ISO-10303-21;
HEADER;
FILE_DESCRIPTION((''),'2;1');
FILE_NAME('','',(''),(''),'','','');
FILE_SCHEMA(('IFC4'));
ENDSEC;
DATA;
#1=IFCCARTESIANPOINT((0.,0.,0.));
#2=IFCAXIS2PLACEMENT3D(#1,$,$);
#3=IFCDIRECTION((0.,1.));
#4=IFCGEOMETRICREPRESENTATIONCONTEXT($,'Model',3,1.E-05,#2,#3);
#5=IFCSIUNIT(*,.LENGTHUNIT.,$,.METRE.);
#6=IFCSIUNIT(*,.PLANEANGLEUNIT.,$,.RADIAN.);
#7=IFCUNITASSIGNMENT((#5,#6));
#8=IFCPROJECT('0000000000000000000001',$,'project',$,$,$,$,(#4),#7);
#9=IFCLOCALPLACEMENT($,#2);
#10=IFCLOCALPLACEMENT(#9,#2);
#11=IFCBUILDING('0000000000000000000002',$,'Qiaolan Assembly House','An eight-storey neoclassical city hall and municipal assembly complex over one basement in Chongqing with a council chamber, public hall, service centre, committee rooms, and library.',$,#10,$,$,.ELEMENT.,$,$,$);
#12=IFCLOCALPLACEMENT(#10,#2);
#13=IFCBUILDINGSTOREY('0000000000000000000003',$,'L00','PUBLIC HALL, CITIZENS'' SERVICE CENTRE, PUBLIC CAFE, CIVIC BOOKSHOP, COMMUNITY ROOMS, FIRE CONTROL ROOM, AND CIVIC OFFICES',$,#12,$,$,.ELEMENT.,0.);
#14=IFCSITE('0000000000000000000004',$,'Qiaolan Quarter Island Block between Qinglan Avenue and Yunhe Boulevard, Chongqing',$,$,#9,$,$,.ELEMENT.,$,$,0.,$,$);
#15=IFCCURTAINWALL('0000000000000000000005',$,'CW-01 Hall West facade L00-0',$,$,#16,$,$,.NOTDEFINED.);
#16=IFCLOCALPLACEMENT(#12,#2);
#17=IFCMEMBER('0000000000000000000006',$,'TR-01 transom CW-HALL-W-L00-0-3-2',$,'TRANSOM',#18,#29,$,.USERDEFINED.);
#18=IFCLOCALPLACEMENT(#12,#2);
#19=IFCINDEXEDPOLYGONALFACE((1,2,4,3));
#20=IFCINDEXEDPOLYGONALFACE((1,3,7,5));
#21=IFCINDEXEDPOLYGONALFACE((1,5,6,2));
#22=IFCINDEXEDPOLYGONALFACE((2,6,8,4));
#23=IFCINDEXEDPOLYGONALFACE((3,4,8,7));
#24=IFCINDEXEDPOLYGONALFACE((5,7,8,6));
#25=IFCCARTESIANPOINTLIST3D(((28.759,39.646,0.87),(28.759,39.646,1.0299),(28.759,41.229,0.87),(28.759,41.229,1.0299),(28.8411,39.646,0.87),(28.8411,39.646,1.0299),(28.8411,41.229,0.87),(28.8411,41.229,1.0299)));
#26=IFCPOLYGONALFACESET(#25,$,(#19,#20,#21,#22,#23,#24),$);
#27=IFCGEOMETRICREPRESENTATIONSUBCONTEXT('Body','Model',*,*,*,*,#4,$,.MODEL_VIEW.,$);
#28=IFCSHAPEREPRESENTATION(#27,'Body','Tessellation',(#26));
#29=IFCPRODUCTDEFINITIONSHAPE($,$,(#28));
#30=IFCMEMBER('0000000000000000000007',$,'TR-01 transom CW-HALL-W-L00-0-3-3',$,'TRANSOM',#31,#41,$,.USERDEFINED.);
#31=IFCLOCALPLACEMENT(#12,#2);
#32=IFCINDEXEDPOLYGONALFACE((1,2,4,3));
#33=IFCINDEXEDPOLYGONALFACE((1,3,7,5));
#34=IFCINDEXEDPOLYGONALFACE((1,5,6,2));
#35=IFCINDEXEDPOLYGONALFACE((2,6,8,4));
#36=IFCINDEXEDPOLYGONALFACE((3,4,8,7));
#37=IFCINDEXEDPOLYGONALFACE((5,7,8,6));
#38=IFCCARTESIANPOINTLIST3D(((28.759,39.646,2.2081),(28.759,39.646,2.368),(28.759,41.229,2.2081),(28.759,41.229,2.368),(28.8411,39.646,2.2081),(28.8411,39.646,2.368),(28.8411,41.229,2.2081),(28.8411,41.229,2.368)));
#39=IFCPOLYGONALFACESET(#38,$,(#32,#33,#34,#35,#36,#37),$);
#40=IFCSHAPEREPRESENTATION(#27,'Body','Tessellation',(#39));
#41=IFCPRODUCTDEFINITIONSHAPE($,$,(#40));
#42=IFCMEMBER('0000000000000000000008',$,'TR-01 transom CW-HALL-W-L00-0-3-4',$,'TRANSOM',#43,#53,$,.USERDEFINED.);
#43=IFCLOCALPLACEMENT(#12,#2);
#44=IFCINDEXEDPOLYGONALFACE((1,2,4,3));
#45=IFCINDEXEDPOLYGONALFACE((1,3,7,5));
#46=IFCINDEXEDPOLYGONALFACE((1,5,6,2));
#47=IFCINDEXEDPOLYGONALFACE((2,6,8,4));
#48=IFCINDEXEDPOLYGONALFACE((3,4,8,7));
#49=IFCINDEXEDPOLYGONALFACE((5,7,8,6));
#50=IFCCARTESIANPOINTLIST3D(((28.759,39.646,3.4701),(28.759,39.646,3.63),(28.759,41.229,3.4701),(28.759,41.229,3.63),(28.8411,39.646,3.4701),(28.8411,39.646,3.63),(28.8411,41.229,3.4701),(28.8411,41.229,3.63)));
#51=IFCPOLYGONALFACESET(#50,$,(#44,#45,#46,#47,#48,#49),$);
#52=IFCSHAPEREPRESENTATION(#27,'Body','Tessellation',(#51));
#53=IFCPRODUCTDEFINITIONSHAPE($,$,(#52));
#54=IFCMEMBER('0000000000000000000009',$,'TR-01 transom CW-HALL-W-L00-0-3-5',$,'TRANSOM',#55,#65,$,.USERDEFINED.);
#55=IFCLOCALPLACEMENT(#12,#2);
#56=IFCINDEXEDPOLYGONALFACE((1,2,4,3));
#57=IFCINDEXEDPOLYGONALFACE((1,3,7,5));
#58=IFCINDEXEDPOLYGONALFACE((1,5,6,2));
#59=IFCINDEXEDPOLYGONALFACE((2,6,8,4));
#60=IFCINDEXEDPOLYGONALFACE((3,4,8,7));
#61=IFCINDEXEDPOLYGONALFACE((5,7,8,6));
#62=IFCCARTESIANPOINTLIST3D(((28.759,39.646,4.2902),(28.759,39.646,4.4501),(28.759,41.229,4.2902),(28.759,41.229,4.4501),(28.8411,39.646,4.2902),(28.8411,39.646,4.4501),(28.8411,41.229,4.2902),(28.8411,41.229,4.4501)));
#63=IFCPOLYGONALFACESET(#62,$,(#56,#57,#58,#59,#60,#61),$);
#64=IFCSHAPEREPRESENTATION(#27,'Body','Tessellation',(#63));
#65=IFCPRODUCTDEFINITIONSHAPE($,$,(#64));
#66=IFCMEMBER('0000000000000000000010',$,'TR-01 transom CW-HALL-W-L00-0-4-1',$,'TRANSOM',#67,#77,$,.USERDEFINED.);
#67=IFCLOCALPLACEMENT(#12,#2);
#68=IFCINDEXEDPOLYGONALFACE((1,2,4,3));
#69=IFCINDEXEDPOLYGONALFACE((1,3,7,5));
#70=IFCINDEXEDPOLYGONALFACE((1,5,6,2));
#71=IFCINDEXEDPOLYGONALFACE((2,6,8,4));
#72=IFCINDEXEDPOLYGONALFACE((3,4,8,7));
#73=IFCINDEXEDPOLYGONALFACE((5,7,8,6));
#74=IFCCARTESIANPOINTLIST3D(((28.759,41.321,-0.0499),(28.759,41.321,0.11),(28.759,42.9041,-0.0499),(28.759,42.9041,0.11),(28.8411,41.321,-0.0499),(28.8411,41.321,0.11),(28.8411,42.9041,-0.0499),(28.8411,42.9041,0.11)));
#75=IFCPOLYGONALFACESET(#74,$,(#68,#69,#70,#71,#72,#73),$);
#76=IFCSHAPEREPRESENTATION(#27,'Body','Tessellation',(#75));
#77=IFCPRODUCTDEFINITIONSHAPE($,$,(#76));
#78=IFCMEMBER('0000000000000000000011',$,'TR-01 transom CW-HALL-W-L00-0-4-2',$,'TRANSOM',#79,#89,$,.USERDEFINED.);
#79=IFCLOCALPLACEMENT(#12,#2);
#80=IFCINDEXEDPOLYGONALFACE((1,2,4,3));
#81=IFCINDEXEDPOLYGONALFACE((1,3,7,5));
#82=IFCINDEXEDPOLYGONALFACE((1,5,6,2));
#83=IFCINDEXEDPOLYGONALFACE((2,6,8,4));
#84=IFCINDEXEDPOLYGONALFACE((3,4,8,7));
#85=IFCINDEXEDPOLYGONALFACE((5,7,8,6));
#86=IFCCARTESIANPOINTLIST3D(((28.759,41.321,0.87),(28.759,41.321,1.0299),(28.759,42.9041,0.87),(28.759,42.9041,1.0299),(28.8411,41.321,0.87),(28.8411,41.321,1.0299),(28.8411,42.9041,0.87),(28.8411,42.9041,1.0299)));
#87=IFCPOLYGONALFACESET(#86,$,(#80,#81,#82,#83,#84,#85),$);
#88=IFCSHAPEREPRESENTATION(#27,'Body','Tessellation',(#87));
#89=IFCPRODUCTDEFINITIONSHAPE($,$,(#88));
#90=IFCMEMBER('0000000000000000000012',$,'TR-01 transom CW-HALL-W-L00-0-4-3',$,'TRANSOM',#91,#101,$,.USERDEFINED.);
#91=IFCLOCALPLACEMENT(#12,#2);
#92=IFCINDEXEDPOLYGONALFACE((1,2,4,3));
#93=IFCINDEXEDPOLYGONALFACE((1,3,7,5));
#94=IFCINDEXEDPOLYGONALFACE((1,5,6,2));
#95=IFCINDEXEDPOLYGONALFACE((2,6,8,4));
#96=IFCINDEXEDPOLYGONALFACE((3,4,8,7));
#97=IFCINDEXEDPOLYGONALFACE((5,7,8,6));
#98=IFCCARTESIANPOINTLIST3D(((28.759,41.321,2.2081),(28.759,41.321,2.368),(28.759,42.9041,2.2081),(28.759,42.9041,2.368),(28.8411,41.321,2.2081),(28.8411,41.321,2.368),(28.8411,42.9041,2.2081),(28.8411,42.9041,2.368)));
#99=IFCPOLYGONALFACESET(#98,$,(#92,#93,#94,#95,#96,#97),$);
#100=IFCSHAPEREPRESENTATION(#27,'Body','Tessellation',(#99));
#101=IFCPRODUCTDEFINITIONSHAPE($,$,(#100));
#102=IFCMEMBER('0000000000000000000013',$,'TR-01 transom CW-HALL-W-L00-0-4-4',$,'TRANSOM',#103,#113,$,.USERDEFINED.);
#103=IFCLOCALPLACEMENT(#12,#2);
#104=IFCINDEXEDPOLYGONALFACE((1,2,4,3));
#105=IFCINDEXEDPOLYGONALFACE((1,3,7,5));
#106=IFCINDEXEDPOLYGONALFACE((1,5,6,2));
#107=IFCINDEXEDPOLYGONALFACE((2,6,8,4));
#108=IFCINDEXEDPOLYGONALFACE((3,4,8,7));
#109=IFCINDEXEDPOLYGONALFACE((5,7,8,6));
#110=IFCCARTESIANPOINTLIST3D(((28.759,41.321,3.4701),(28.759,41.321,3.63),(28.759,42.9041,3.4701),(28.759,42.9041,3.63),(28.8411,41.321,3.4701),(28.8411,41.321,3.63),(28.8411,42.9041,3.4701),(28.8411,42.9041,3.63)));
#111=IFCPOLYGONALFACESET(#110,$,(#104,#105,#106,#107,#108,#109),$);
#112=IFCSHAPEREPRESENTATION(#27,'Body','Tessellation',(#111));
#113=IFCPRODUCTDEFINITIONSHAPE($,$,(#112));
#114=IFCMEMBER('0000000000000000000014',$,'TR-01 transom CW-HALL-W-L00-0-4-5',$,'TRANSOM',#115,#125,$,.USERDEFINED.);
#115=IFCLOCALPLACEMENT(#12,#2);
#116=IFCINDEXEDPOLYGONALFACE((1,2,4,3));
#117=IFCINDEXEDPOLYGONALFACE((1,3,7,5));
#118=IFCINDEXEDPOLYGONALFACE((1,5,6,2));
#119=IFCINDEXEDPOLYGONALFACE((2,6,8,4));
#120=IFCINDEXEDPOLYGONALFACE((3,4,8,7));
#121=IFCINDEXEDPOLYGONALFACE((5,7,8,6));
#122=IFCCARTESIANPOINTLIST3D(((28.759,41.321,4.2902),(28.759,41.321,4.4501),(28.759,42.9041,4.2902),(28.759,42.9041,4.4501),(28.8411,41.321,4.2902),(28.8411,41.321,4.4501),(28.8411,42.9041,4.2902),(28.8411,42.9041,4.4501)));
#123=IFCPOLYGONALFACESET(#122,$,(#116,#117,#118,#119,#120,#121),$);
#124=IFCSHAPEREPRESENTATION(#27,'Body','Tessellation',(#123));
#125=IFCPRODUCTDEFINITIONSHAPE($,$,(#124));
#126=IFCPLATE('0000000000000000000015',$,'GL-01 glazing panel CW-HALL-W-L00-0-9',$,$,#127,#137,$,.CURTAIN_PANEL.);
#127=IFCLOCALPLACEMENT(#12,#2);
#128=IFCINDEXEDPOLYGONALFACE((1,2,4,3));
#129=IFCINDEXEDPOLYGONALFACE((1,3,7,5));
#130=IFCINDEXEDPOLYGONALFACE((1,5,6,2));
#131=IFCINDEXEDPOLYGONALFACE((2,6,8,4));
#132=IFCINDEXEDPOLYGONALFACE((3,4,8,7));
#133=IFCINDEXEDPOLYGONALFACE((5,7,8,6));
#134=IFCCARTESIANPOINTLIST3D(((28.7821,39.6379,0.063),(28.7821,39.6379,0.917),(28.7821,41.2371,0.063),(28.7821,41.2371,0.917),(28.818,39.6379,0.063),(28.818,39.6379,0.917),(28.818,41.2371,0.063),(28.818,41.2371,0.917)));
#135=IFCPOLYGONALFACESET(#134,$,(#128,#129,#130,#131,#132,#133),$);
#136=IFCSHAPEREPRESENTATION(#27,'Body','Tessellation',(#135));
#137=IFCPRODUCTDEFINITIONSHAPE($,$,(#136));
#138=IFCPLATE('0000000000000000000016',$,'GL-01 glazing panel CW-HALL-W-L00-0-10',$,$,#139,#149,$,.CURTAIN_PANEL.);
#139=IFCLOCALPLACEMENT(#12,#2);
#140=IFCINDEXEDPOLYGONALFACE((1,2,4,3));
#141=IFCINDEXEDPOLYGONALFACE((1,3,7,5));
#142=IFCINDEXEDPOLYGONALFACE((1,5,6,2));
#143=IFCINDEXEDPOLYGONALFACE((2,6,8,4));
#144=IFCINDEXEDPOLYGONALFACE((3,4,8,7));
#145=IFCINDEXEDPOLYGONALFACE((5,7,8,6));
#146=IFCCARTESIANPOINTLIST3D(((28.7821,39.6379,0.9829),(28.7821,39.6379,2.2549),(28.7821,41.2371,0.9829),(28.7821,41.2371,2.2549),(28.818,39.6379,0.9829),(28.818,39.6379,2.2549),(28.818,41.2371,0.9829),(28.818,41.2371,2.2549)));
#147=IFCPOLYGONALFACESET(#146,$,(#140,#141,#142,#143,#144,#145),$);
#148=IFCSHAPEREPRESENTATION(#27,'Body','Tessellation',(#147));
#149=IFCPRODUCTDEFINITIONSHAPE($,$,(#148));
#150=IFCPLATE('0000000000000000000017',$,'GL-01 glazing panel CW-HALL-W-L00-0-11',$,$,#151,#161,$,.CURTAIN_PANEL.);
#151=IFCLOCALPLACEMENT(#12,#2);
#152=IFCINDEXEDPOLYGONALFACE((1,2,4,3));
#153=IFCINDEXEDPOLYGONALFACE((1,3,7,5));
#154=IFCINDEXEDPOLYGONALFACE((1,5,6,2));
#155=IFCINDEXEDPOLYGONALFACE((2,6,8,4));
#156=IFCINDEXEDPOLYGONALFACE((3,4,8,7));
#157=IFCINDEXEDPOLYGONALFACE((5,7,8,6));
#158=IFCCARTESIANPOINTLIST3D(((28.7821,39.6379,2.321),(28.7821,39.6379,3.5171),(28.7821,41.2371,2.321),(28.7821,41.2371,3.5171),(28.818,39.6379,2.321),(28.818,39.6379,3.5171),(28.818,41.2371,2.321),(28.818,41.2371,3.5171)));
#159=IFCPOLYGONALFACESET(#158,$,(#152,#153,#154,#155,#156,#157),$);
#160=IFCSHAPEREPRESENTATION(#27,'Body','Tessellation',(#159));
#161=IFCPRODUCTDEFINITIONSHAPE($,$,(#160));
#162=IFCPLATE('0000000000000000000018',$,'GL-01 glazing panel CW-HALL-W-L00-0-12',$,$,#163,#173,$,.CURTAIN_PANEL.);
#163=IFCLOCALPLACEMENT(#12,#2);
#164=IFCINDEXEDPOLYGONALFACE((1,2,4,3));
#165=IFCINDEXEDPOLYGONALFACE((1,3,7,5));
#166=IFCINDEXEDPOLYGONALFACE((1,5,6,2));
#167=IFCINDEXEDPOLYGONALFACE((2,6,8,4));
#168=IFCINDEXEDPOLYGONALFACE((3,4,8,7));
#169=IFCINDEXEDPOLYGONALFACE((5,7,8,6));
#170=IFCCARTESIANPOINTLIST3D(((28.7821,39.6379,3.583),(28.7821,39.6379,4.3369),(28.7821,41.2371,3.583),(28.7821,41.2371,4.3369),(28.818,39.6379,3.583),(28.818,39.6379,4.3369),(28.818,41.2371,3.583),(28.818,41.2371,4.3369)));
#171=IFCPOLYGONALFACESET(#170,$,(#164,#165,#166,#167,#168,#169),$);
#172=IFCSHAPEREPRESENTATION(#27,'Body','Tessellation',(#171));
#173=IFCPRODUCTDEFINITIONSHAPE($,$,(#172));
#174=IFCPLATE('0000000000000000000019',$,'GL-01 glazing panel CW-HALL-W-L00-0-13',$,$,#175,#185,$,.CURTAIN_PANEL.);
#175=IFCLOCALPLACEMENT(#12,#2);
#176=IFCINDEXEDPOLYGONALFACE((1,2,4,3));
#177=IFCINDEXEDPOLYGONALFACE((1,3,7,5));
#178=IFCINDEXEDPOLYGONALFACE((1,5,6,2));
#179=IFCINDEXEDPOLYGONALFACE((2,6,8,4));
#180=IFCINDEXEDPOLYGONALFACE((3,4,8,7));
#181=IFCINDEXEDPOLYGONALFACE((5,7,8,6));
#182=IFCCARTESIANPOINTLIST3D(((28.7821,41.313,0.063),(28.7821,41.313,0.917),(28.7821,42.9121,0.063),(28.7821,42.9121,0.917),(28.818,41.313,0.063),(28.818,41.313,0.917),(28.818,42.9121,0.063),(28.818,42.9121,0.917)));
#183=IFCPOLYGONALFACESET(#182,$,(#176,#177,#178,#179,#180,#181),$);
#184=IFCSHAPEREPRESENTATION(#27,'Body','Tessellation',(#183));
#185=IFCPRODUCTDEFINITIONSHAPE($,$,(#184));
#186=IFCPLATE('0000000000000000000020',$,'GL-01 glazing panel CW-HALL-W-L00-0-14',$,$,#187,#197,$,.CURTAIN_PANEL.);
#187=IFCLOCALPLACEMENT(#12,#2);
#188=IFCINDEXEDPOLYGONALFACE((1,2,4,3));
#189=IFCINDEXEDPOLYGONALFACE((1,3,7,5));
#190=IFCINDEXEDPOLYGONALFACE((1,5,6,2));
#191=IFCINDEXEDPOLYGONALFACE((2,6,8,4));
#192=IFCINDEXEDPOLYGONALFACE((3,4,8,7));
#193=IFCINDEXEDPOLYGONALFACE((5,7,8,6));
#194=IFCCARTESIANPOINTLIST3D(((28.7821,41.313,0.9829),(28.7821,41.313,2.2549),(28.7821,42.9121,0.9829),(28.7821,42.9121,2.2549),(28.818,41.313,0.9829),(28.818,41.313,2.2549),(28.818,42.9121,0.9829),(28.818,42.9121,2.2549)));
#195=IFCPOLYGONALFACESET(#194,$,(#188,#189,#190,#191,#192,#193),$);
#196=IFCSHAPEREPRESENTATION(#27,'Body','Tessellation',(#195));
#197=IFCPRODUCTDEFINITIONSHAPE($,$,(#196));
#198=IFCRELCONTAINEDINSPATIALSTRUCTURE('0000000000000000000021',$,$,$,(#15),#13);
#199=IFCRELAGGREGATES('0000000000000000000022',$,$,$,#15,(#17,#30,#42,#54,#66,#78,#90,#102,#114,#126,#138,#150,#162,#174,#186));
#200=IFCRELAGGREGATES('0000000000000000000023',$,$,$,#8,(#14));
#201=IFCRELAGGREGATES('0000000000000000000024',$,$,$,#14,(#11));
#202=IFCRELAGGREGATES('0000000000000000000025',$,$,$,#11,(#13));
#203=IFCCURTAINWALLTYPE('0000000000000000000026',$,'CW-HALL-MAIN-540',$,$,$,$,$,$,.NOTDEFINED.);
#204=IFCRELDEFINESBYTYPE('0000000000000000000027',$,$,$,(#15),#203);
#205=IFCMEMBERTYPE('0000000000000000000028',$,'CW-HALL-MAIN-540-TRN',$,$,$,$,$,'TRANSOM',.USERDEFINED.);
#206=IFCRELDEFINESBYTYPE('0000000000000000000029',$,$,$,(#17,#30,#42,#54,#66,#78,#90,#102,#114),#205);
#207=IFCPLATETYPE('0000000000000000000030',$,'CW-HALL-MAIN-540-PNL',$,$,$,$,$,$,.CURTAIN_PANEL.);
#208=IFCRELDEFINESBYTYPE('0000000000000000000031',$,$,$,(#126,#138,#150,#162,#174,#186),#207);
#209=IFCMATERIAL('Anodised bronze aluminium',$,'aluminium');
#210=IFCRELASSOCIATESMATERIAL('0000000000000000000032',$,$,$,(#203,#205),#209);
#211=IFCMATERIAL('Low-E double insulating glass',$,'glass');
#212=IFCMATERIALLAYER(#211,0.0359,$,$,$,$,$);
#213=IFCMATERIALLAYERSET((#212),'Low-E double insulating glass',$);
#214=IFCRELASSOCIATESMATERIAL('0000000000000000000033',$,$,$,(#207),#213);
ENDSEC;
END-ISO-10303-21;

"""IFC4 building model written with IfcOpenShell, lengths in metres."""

from ifc_helpers import new_model, si_unit, direction, frame, frame_2d, origin, origin_2d, place, context, subcontext, project, spatial, rectangle, extrude, material, layer, layer_set, material_profile, profile_set, type_object, element, aggregate, save


model = new_model("IFC4")

# Units and contexts
model_context = context("Model", 3, precision=1e-05, world=origin(), true_north=direction((0.0, 1.0)))
body_context = subcontext(model_context, "Body", "Model", "MODEL_VIEW")
ifc_project = project(units=[si_unit("LENGTHUNIT", "METRE"), si_unit("PLANEANGLEUNIT", "RADIAN")], contexts=[model_context])

# Site, building, storey
site_placement = place(None, origin())
site = spatial("IfcSite", under=ifc_project, at=site_placement, Name="Qiaolan Quarter Island Block between Qinglan Avenue and Yunhe Boulevard, Chongqing", CompositionType="ELEMENT", RefElevation=0.0)
building_placement = place(site_placement, origin())
building = spatial("IfcBuilding", under=site, at=building_placement, Name="Qiaolan Assembly House", Description="An eight-storey neoclassical city hall and municipal assembly complex over one basement in Chongqing with a council chamber, public hall, service centre, committee rooms, and library.", CompositionType="ELEMENT")
storey_placement = place(building_placement, origin())
storey = spatial("IfcBuildingStorey", under=building, at=storey_placement, Name="L00", Description="PUBLIC HALL, CITIZENS' SERVICE CENTRE, PUBLIC CAFE, CIVIC BOOKSHOP, COMMUNITY ROOMS, FIRE CONTROL ROOM, AND CIVIC OFFICES", CompositionType="ELEMENT", Elevation=0.0)

# Curtain wall
ifc_material_1 = material(Name="Anodised bronze aluminium", Category="aluminium")
curtain_wall_type = type_object("IfcCurtainWallType", Name="CW-HALL-MAIN-540", PredefinedType="NOTDEFINED", material=ifc_material_1)
curtain_wall_1_placement = place(storey_placement, origin())
curtain_wall_1 = element("IfcCurtainWall", 1, at=curtain_wall_1_placement, inside=storey, type_object=curtain_wall_type, Name="CW-01 Hall West facade L00-0", PredefinedType="NOTDEFINED")

# Members
ifc_material_profile_1 = material_profile(ifc_material_1, rectangle(XDim=0.082, YDim=0.1599, at=origin_2d()), Name="TRN 82x160")
ifc_profile_set_1 = profile_set([ifc_material_profile_1], Name="Anodised bronze aluminium")
member_type_1 = type_object("IfcMemberType", Name="CW-HALL-MAIN-540-TRN", ElementType="TRANSOM", PredefinedType="USERDEFINED", material=ifc_profile_set_1)
member_1_placement = place(storey_placement, frame((28.8, 39.646, 0.95), z_axis=(0.0, 1.0, 0.0), x_axis=(-1.0, 0.0, 0.0)))
member_1 = element("IfcMember", 2, at=member_1_placement, type_object=member_type_1, Name="TR-01 transom CW-HALL-W-L00-0-3-2", ObjectType="TRANSOM", PredefinedType="USERDEFINED", context=body_context, shape_type="SweptSolid", body=[
    extrude(rectangle(XDim=0.082, YDim=0.1599, at=origin_2d()), origin(), (0.0, 0.0, 1.0), 1.583),
])
member_2_placement = place(storey_placement, frame((28.8, 39.646, 2.2881), z_axis=(0.0, 1.0, 0.0), x_axis=(-1.0, 0.0, 0.0)))
member_2 = element("IfcMember", 3, at=member_2_placement, type_object=member_type_1, Name="TR-01 transom CW-HALL-W-L00-0-3-3", ObjectType="TRANSOM", PredefinedType="USERDEFINED", context=body_context, shape_type="SweptSolid", body=[
    extrude(rectangle(XDim=0.082, YDim=0.1599, at=origin_2d()), origin(), (0.0, 0.0, 1.0), 1.583),
])
member_3_placement = place(storey_placement, frame((28.8, 39.646, 3.55), z_axis=(0.0, 1.0, 0.0), x_axis=(-1.0, 0.0, 0.0)))
member_3 = element("IfcMember", 4, at=member_3_placement, type_object=member_type_1, Name="TR-01 transom CW-HALL-W-L00-0-3-4", ObjectType="TRANSOM", PredefinedType="USERDEFINED", context=body_context, shape_type="SweptSolid", body=[
    extrude(rectangle(XDim=0.082, YDim=0.1599, at=origin_2d()), origin(), (0.0, 0.0, 1.0), 1.583),
])
member_4_placement = place(storey_placement, frame((28.8, 39.646, 4.3701), z_axis=(0.0, 1.0, 0.0), x_axis=(-1.0, 0.0, 0.0)))
member_4 = element("IfcMember", 5, at=member_4_placement, type_object=member_type_1, Name="TR-01 transom CW-HALL-W-L00-0-3-5", ObjectType="TRANSOM", PredefinedType="USERDEFINED", context=body_context, shape_type="SweptSolid", body=[
    extrude(rectangle(XDim=0.082, YDim=0.1599, at=origin_2d()), origin(), (0.0, 0.0, 1.0), 1.583),
])
member_5_placement = place(storey_placement, frame((28.8, 41.321, 0.03), z_axis=(0.0, 1.0, 0.0), x_axis=(-1.0, 0.0, 0.0)))
member_5 = element("IfcMember", 6, at=member_5_placement, type_object=member_type_1, Name="TR-01 transom CW-HALL-W-L00-0-4-1", ObjectType="TRANSOM", PredefinedType="USERDEFINED", context=body_context, shape_type="SweptSolid", body=[
    extrude(rectangle(XDim=0.082, YDim=0.1599, at=origin_2d()), origin(), (0.0, 0.0, 1.0), 1.583),
])
member_6_placement = place(storey_placement, frame((28.8, 41.321, 0.95), z_axis=(0.0, 1.0, 0.0), x_axis=(-1.0, 0.0, 0.0)))
member_6 = element("IfcMember", 7, at=member_6_placement, type_object=member_type_1, Name="TR-01 transom CW-HALL-W-L00-0-4-2", ObjectType="TRANSOM", PredefinedType="USERDEFINED", context=body_context, shape_type="SweptSolid", body=[
    extrude(rectangle(XDim=0.082, YDim=0.1599, at=origin_2d()), origin(), (0.0, 0.0, 1.0), 1.583),
])
member_7_placement = place(storey_placement, frame((28.8, 41.321, 2.2881), z_axis=(0.0, 1.0, 0.0), x_axis=(-1.0, 0.0, 0.0)))
member_7 = element("IfcMember", 8, at=member_7_placement, type_object=member_type_1, Name="TR-01 transom CW-HALL-W-L00-0-4-3", ObjectType="TRANSOM", PredefinedType="USERDEFINED", context=body_context, shape_type="SweptSolid", body=[
    extrude(rectangle(XDim=0.082, YDim=0.1599, at=origin_2d()), origin(), (0.0, 0.0, 1.0), 1.583),
])
member_8_placement = place(storey_placement, frame((28.8, 41.321, 3.55), z_axis=(0.0, 1.0, 0.0), x_axis=(-1.0, 0.0, 0.0)))
member_8 = element("IfcMember", 9, at=member_8_placement, type_object=member_type_1, Name="TR-01 transom CW-HALL-W-L00-0-4-4", ObjectType="TRANSOM", PredefinedType="USERDEFINED", context=body_context, shape_type="SweptSolid", body=[
    extrude(rectangle(XDim=0.082, YDim=0.1599, at=origin_2d()), origin(), (0.0, 0.0, 1.0), 1.583),
])
member_9_placement = place(storey_placement, frame((28.8, 41.321, 4.3701), z_axis=(0.0, 1.0, 0.0), x_axis=(-1.0, 0.0, 0.0)))
member_9 = element("IfcMember", 10, at=member_9_placement, type_object=member_type_1, Name="TR-01 transom CW-HALL-W-L00-0-4-5", ObjectType="TRANSOM", PredefinedType="USERDEFINED", context=body_context, shape_type="SweptSolid", body=[
    extrude(rectangle(XDim=0.082, YDim=0.1599, at=origin_2d()), origin(), (0.0, 0.0, 1.0), 1.583),
])

# Plates
ifc_material_2 = material(Name="Low-E double insulating glass", Category="glass")
ifc_layer = layer(ifc_material_2, 0.0359)
ifc_layer_set = layer_set([ifc_layer], Name="Low-E double insulating glass")
plate_type = type_object("IfcPlateType", Name="CW-HALL-MAIN-540-PNL", PredefinedType="CURTAIN_PANEL", material=ifc_layer_set)
plate_1_placement = place(storey_placement, frame((28.8, 39.6379, 0.063), z_axis=(0.0, 0.0, 1.0), x_axis=(0.0, 1.0, 0.0)))
plate_1 = element("IfcPlate", 11, at=plate_1_placement, type_object=plate_type, Name="GL-01 glazing panel CW-HALL-W-L00-0-9", PredefinedType="CURTAIN_PANEL", context=body_context, shape_type="SweptSolid", body=[
    extrude(rectangle(XDim=1.5991, YDim=0.0359, at=frame_2d((0.7996, 0.0))), origin(), (0.0, 0.0, 1.0), 0.854),
])
plate_2_placement = place(storey_placement, frame((28.8, 39.6379, 0.9829), z_axis=(0.0, 0.0, 1.0), x_axis=(0.0, 1.0, 0.0)))
plate_2 = element("IfcPlate", 12, at=plate_2_placement, type_object=plate_type, Name="GL-01 glazing panel CW-HALL-W-L00-0-10", PredefinedType="CURTAIN_PANEL", context=body_context, shape_type="SweptSolid", body=[
    extrude(rectangle(XDim=1.5991, YDim=0.0359, at=frame_2d((0.7996, 0.0))), origin(), (0.0, 0.0, 1.0), 1.272),
])
plate_3_placement = place(storey_placement, frame((28.8, 39.6379, 2.321), z_axis=(0.0, 0.0, 1.0), x_axis=(0.0, 1.0, 0.0)))
plate_3 = element("IfcPlate", 13, at=plate_3_placement, type_object=plate_type, Name="GL-01 glazing panel CW-HALL-W-L00-0-11", PredefinedType="CURTAIN_PANEL", context=body_context, shape_type="SweptSolid", body=[
    extrude(rectangle(XDim=1.5991, YDim=0.0359, at=frame_2d((0.7996, 0.0))), origin(), (0.0, 0.0, 1.0), 1.196),
])
plate_4_placement = place(storey_placement, frame((28.8, 39.6379, 3.583), z_axis=(0.0, 0.0, 1.0), x_axis=(0.0, 1.0, 0.0)))
plate_4 = element("IfcPlate", 14, at=plate_4_placement, type_object=plate_type, Name="GL-01 glazing panel CW-HALL-W-L00-0-12", PredefinedType="CURTAIN_PANEL", context=body_context, shape_type="SweptSolid", body=[
    extrude(rectangle(XDim=1.5991, YDim=0.0359, at=frame_2d((0.7996, 0.0))), origin(), (0.0, 0.0, 1.0), 0.7539),
])
plate_5_placement = place(storey_placement, frame((28.8, 41.313, 0.063), z_axis=(0.0, 0.0, 1.0), x_axis=(0.0, 1.0, 0.0)))
plate_5 = element("IfcPlate", 15, at=plate_5_placement, type_object=plate_type, Name="GL-01 glazing panel CW-HALL-W-L00-0-13", PredefinedType="CURTAIN_PANEL", context=body_context, shape_type="SweptSolid", body=[
    extrude(rectangle(XDim=1.5991, YDim=0.0359, at=frame_2d((0.7996, 0.0))), origin(), (0.0, 0.0, 1.0), 0.854),
])
plate_6_placement = place(storey_placement, frame((28.8, 41.313, 0.9829), z_axis=(0.0, 0.0, 1.0), x_axis=(0.0, 1.0, 0.0)))
plate_6 = element("IfcPlate", 16, at=plate_6_placement, type_object=plate_type, Name="GL-01 glazing panel CW-HALL-W-L00-0-14", PredefinedType="CURTAIN_PANEL", context=body_context, shape_type="SweptSolid", body=[
    extrude(rectangle(XDim=1.5991, YDim=0.0359, at=frame_2d((0.7996, 0.0))), origin(), (0.0, 0.0, 1.0), 1.272),
])
aggregate(curtain_wall_1, [member_1, member_2, member_3, member_4, member_5, member_6, member_7, member_8, member_9, plate_1, plate_2, plate_3, plate_4, plate_5, plate_6])

save(model, "model.ifc")
